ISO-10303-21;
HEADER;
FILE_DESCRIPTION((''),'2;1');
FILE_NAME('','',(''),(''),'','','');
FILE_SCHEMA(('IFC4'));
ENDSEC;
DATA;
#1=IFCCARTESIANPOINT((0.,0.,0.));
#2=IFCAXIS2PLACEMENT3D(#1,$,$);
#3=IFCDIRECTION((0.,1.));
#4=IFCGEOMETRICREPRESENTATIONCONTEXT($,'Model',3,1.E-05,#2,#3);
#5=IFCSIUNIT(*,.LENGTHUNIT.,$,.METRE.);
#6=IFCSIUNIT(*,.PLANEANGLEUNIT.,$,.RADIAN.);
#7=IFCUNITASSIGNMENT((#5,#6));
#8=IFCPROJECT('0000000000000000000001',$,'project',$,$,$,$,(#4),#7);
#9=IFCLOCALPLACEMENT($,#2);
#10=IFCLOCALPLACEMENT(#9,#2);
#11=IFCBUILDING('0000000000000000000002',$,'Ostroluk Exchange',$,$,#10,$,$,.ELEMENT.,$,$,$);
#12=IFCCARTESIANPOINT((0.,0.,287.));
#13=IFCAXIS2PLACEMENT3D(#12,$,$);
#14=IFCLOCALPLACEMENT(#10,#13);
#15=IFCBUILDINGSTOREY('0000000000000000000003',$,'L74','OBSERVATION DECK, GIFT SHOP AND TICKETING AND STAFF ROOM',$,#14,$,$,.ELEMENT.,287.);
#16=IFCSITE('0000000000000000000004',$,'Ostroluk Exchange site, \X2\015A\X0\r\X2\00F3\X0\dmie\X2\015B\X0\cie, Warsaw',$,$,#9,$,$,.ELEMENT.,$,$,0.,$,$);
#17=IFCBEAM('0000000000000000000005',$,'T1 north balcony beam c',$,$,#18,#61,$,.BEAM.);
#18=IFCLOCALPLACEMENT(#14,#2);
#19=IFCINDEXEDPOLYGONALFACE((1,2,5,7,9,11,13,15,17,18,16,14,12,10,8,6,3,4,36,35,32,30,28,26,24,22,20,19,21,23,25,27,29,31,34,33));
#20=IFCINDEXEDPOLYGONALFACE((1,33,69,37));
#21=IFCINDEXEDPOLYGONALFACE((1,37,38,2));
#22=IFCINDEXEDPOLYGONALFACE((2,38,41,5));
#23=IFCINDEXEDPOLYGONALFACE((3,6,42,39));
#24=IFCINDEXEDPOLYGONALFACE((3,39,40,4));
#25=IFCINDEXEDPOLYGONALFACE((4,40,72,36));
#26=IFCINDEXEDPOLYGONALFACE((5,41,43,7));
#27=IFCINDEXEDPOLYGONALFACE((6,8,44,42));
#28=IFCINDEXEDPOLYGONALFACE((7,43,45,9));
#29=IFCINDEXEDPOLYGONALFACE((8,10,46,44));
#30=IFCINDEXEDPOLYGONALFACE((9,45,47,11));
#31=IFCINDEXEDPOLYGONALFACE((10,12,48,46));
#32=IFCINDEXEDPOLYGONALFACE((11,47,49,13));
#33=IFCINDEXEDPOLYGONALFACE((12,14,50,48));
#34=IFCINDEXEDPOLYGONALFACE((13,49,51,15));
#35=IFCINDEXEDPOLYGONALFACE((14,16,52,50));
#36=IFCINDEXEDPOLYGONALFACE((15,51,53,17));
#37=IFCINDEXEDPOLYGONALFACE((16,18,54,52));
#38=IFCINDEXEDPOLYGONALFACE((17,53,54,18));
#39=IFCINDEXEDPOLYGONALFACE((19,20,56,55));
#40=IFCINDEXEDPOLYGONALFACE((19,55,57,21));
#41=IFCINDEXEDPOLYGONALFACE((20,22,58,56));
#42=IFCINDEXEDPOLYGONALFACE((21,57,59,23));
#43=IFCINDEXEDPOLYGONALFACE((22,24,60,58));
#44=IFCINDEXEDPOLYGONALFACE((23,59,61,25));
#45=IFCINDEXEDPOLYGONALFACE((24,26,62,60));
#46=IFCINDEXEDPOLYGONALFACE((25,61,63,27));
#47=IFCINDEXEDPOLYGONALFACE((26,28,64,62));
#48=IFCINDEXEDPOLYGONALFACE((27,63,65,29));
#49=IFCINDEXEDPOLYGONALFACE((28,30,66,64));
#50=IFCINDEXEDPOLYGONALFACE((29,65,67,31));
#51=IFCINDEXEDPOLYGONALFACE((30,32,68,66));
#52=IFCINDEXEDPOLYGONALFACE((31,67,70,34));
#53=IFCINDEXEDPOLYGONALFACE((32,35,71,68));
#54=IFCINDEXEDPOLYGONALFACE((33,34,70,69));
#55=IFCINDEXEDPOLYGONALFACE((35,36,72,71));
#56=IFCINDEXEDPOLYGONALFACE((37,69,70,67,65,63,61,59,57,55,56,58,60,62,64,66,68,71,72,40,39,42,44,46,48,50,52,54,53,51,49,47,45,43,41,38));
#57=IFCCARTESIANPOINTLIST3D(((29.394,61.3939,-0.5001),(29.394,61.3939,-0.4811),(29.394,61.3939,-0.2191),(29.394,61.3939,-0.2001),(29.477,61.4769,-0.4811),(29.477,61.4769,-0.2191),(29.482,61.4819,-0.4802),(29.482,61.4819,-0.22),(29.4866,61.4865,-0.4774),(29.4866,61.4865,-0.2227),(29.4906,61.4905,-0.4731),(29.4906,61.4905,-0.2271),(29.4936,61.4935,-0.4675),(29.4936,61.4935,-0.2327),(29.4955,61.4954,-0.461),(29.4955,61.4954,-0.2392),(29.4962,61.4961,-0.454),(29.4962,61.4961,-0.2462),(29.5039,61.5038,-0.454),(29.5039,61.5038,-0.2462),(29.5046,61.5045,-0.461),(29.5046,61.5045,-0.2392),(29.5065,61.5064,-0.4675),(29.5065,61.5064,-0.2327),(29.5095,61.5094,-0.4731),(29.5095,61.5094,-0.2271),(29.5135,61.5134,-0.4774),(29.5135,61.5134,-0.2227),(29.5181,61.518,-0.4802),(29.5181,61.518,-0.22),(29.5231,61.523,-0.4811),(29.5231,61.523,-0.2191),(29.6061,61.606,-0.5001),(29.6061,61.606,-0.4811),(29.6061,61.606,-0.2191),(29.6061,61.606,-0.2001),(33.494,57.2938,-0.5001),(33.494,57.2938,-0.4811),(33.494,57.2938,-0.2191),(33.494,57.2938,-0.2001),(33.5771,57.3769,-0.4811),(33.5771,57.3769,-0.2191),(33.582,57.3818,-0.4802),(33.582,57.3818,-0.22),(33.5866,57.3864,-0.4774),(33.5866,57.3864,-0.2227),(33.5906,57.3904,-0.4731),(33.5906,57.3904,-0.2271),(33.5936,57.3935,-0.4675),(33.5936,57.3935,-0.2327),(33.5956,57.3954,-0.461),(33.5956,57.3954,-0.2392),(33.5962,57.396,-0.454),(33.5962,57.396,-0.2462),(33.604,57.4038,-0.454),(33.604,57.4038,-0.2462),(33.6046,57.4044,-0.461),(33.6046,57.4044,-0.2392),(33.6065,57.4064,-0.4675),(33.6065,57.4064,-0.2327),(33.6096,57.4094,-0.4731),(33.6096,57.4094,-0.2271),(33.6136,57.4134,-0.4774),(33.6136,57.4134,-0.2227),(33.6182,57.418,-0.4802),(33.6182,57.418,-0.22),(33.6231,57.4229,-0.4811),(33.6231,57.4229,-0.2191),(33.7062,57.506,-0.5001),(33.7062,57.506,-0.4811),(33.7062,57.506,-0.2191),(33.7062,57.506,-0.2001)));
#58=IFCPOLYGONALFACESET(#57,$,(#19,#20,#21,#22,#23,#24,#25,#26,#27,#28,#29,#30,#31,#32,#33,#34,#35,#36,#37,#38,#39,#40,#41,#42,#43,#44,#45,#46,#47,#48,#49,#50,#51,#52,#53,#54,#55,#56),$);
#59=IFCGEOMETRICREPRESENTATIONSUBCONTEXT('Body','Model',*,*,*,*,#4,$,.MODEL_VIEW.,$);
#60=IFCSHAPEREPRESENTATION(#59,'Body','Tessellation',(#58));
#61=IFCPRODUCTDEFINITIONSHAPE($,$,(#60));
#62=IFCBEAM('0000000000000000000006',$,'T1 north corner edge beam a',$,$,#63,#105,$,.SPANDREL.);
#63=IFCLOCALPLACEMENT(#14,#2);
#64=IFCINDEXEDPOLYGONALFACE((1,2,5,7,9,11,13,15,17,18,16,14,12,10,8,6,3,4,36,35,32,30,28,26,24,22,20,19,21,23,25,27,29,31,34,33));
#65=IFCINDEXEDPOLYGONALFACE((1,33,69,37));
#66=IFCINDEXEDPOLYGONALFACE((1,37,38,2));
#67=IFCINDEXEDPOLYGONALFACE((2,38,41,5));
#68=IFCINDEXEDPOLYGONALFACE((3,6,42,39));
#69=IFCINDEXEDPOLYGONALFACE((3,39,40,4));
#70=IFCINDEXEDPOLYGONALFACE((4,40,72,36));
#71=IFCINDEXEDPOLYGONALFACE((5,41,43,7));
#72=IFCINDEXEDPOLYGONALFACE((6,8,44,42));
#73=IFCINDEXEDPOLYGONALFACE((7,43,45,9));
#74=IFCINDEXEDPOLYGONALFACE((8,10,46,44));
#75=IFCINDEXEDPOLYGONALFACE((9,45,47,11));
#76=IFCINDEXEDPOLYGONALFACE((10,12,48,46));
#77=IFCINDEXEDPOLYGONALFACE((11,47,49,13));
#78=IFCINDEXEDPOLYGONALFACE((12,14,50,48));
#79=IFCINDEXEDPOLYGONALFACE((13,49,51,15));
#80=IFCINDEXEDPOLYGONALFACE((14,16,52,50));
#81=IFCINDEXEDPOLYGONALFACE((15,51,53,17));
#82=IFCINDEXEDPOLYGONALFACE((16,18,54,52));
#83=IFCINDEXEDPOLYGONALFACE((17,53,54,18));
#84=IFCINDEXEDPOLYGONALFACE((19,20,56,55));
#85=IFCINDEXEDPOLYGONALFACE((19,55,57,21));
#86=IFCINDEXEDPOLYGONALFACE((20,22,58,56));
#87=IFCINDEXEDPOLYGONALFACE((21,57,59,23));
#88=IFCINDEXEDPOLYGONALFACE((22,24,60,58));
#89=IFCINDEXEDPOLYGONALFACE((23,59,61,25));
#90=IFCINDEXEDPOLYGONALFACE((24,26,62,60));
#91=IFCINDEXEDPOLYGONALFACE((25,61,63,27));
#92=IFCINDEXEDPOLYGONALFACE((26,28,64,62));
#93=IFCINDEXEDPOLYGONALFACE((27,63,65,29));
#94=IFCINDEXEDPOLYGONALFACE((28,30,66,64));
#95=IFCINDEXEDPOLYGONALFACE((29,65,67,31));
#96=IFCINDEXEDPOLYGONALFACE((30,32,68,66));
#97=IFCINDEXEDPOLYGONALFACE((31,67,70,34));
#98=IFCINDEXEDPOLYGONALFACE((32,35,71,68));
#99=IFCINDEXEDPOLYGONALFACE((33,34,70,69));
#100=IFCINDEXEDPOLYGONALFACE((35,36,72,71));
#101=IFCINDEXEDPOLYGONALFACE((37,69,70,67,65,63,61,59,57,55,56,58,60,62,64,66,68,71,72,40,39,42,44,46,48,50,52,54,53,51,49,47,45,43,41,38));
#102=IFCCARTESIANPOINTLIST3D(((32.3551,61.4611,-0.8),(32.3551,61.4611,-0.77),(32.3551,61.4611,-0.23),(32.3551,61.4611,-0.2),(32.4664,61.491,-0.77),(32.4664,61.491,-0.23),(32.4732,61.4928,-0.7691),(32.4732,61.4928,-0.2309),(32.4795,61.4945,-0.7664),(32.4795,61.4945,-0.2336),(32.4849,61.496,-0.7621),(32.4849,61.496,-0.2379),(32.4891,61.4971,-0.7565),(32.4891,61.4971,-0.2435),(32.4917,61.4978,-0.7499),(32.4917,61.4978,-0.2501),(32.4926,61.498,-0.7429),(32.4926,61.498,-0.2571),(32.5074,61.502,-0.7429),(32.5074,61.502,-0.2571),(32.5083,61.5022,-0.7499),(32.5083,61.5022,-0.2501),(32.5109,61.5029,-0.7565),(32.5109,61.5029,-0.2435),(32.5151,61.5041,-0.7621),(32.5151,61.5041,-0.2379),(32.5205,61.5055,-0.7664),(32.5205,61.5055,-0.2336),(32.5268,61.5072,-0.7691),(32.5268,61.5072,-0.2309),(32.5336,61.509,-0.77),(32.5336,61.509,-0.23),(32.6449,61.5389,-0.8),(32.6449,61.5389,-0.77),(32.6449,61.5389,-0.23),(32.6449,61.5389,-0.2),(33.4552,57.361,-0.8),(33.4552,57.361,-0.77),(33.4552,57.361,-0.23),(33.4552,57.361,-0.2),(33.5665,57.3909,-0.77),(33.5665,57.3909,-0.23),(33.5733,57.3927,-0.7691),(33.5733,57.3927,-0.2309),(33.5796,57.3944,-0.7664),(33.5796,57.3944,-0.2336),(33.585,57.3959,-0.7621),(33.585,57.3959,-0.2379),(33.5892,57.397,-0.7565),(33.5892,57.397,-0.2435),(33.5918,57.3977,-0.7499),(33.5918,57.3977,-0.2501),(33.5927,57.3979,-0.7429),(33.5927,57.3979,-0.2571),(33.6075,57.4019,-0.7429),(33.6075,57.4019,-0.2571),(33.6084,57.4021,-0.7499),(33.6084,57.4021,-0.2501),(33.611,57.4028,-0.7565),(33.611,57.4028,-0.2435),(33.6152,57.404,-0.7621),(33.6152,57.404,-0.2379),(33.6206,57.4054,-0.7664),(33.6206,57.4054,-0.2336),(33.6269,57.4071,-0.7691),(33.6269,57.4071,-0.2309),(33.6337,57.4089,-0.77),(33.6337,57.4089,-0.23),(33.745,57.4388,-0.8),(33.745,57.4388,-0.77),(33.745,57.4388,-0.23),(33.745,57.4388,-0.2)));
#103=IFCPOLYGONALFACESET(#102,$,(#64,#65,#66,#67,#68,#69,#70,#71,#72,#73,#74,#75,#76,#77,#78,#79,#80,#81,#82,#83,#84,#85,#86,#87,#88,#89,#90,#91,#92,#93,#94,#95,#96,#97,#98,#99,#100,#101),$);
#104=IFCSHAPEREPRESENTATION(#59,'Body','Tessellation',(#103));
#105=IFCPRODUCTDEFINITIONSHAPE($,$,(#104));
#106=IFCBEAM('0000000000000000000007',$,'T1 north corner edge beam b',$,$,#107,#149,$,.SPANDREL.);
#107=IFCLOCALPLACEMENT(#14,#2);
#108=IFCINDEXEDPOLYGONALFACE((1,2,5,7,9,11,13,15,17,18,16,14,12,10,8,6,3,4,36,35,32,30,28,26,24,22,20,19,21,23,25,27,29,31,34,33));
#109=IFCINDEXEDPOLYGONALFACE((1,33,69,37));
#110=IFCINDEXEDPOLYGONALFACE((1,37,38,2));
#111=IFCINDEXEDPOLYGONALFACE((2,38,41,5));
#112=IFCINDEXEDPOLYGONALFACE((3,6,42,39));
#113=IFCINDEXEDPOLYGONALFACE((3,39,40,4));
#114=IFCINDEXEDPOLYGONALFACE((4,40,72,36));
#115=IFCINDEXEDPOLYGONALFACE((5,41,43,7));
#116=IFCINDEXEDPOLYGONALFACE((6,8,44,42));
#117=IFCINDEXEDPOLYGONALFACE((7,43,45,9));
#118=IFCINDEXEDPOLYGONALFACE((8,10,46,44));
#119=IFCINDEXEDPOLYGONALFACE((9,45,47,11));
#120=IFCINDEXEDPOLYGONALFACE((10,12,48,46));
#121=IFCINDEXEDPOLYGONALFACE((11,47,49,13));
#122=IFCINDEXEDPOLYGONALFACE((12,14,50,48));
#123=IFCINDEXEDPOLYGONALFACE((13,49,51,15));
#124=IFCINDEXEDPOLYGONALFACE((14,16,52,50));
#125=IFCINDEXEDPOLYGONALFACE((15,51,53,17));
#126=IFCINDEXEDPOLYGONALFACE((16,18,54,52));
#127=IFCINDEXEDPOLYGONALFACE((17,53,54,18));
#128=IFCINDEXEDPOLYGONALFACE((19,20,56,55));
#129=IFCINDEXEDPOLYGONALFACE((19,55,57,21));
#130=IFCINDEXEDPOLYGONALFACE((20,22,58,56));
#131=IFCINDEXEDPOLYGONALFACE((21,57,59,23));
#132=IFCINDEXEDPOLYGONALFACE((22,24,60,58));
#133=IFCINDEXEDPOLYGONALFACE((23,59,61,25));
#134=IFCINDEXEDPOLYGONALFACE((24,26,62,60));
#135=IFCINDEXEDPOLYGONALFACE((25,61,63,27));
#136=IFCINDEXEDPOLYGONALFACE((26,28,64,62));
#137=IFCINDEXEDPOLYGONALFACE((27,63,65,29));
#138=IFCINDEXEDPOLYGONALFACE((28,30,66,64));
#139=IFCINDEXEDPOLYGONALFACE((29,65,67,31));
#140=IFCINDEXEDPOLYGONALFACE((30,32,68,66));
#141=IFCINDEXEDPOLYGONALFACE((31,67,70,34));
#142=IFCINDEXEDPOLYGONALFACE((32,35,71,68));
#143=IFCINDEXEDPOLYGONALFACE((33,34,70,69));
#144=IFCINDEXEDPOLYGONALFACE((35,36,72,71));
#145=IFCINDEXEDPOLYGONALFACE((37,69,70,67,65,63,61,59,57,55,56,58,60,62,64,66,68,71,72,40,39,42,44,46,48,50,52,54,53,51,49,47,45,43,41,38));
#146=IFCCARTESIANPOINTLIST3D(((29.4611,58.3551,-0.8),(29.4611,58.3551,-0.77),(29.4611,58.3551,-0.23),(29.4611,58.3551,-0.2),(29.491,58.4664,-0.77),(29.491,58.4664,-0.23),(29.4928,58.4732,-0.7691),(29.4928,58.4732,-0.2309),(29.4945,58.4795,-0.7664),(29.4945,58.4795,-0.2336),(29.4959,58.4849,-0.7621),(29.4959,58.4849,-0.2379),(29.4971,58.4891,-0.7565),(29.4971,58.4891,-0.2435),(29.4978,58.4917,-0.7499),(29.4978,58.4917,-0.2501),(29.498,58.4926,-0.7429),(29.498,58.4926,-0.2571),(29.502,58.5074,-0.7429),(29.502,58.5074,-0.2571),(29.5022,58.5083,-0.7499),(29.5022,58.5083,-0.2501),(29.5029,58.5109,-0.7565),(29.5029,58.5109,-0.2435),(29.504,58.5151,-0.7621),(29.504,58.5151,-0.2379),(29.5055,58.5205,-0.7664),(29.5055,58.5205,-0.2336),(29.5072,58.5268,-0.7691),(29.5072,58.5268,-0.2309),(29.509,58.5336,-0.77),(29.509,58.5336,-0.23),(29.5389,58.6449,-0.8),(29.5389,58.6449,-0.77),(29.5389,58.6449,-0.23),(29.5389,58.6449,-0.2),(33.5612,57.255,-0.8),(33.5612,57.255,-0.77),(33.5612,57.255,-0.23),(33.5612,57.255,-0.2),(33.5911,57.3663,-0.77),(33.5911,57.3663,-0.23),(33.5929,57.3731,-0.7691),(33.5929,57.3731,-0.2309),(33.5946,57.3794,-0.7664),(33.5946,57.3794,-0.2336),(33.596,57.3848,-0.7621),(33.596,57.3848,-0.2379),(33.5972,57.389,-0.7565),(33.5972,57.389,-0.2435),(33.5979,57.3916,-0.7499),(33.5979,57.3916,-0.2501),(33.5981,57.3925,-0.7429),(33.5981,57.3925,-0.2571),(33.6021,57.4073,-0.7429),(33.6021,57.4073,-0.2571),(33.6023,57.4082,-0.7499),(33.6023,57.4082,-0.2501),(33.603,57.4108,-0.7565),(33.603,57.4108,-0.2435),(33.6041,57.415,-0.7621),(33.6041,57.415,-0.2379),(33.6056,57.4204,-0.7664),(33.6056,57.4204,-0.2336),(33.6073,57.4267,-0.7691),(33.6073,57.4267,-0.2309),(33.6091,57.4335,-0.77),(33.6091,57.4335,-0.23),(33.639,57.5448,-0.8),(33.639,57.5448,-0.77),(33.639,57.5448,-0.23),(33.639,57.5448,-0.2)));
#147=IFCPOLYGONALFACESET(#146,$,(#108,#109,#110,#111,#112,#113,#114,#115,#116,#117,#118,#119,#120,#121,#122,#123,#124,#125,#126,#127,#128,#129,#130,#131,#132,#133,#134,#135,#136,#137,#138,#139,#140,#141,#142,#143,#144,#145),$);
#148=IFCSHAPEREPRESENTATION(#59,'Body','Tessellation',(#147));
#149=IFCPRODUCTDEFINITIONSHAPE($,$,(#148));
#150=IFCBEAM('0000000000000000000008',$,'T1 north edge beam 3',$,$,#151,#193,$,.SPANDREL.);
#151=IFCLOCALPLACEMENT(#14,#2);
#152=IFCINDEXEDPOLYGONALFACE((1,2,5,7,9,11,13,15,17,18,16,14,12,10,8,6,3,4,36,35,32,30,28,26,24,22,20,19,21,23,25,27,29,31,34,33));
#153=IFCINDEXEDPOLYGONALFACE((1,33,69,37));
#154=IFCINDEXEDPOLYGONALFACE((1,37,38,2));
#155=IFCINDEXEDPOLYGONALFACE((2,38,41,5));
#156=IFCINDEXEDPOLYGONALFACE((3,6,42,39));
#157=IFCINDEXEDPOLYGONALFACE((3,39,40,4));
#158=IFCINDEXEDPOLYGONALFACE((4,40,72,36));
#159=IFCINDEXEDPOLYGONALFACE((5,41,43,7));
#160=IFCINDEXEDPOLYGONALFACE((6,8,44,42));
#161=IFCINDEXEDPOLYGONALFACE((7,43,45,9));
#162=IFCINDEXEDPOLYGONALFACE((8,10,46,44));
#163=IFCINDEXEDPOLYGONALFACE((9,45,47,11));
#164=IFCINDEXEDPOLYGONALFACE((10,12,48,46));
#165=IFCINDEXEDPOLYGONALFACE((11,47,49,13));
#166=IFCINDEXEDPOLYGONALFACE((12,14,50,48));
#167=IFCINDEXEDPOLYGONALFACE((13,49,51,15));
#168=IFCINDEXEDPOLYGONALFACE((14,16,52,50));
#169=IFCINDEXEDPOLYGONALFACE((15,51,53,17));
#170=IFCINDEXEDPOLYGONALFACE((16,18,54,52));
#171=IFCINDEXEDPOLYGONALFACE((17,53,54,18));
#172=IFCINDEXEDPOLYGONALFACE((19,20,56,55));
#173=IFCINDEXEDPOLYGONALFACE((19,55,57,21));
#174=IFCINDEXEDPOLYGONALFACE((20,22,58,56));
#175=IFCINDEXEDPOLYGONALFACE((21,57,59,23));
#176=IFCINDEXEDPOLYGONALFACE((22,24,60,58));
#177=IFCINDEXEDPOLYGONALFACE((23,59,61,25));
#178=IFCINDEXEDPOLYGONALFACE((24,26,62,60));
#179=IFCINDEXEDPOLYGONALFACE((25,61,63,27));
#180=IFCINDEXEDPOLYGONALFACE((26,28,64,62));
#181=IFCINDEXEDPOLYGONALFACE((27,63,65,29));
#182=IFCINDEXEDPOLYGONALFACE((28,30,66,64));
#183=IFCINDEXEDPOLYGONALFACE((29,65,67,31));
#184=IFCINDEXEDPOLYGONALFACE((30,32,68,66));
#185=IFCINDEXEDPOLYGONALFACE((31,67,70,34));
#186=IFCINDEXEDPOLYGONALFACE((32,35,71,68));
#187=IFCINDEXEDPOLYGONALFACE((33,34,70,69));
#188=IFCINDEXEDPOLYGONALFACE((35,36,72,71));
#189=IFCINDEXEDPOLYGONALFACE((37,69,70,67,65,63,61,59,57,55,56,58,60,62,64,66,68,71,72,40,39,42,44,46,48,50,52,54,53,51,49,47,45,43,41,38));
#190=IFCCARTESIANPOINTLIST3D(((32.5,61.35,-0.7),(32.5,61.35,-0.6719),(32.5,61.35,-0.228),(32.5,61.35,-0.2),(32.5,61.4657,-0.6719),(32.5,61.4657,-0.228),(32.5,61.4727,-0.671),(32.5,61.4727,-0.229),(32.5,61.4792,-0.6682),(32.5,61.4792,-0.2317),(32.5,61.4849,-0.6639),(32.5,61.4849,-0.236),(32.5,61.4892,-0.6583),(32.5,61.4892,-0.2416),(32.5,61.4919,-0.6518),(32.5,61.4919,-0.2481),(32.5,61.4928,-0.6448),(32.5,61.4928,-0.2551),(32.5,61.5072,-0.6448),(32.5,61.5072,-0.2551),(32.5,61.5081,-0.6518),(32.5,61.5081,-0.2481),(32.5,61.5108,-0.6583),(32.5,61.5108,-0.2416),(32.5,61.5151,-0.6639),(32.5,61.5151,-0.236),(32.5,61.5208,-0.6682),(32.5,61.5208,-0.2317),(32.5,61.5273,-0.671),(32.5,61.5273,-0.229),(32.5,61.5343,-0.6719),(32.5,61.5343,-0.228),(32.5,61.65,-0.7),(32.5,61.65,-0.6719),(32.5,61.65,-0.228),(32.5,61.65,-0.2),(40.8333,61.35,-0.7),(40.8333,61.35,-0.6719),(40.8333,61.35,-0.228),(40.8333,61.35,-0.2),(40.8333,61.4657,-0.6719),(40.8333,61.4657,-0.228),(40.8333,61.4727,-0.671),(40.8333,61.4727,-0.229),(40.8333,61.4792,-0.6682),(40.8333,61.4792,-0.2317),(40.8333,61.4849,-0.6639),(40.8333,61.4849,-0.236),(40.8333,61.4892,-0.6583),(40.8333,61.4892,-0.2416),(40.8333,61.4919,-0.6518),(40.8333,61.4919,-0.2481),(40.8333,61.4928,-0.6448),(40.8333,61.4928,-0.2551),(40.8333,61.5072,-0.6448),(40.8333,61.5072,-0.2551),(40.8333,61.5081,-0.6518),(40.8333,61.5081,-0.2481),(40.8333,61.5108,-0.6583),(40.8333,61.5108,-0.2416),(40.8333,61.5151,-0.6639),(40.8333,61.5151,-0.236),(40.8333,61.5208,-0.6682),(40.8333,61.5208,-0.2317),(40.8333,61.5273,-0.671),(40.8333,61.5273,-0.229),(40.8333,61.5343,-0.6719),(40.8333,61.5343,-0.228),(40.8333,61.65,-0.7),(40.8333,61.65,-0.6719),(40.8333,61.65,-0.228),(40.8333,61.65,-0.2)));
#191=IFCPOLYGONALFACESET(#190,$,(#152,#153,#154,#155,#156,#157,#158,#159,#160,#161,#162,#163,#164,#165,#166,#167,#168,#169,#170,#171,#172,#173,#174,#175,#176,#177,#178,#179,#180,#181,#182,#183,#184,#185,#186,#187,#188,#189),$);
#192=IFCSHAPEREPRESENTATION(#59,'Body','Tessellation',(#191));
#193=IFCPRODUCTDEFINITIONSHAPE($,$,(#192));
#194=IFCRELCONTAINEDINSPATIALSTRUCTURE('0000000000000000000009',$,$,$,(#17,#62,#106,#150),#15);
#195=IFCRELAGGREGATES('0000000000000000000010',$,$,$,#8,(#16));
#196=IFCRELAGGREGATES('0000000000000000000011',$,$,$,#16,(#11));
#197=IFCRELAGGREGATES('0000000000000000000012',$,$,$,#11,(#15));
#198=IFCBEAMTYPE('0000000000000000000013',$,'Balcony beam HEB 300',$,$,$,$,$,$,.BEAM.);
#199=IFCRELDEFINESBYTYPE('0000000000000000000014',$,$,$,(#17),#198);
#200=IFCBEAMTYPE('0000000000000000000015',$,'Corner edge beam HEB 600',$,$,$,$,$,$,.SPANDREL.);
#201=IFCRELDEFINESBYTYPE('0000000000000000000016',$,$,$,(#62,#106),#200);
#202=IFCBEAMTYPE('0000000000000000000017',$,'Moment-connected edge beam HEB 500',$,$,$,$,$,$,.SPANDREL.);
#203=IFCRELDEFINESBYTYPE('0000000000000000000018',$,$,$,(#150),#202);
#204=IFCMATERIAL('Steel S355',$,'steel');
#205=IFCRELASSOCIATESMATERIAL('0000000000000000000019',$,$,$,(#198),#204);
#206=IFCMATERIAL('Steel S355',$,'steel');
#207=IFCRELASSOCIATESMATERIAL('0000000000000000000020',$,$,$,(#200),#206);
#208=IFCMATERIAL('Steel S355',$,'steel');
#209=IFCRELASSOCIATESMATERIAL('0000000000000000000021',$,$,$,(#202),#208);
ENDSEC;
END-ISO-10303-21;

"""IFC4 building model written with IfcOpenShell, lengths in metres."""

from ifc_helpers import new_model, si_unit, direction, frame, origin, origin_2d, place, context, subcontext, project, spatial, i_section, extrude, material, material_profile, profile_set, type_object, element, save


model = new_model("IFC4")

# Units and contexts
model_context = context("Model", 3, precision=1e-05, world=origin(), true_north=direction((0.0, 1.0)))
body_context = subcontext(model_context, "Body", "Model", "MODEL_VIEW")
ifc_project = project(units=[si_unit("LENGTHUNIT", "METRE"), si_unit("PLANEANGLEUNIT", "RADIAN")], contexts=[model_context])

# Site, building, storey
site_placement = place(None, origin())
site = spatial("IfcSite", under=ifc_project, at=site_placement, Name="Ostroluk Exchange site, Śródmieście, Warsaw", CompositionType="ELEMENT", RefElevation=0.0)
building_placement = place(site_placement, origin())
building = spatial("IfcBuilding", under=site, at=building_placement, Name="Ostroluk Exchange", CompositionType="ELEMENT")
storey_placement = place(building_placement, frame((0.0, 0.0, 287.0)))
storey = spatial("IfcBuildingStorey", under=building, at=storey_placement, Name="L74", Description="OBSERVATION DECK, GIFT SHOP AND TICKETING AND STAFF ROOM", CompositionType="ELEMENT", Elevation=287.0)

# Beams
ifc_material_1 = material(Name="Steel S355", Category="steel")
ifc_material_profile_1 = material_profile(ifc_material_1, i_section(OverallWidth=0.3, OverallDepth=0.3, WebThickness=0.011, FlangeThickness=0.019, FilletRadius=0.0271, at=origin_2d()), Name="HEB 300")
ifc_profile_set_1 = profile_set([ifc_material_profile_1], Name="Steel S355")
beam_type_1 = type_object("IfcBeamType", Name="Balcony beam HEB 300", PredefinedType="BEAM", material=ifc_profile_set_1)
beam_placement = place(storey_placement, frame((33.6001, 57.3999, -0.3501), z_axis=(-0.707107, 0.707107, 0.0), x_axis=(-0.707107, -0.707107, 0.0)))
element("IfcBeam", 1, at=beam_placement, inside=storey, type_object=beam_type_1, Name="T1 north balcony beam c", PredefinedType="BEAM", context=body_context, shape_type="SweptSolid", body=[
    extrude(i_section(OverallWidth=0.3, OverallDepth=0.3, WebThickness=0.011, FlangeThickness=0.019, FilletRadius=0.0271, at=origin_2d()), origin(), (0.0, 0.0, 1.0), 5.7983),
])
ifc_material_2 = material(Name="Steel S355", Category="steel")
ifc_material_profile_2 = material_profile(ifc_material_2, i_section(OverallWidth=0.3, OverallDepth=0.6001, WebThickness=0.0154, FlangeThickness=0.03, FilletRadius=0.0271, at=origin_2d()), Name="HEB 600")
ifc_profile_set_2 = profile_set([ifc_material_profile_2], Name="Steel S355")
beam_type_2 = type_object("IfcBeamType", Name="Corner edge beam HEB 600", PredefinedType="SPANDREL", material=ifc_profile_set_2)
for number, where, z_axis, x_axis, name in (
    (2, (33.6001, 57.3999, -0.5), (-0.259144, 0.965839, 0.0), (-0.965839, -0.259144, 0.0), "T1 north corner edge beam a"),
    (3, (33.6001, 57.3999, -0.5), (-0.965839, 0.259144, 0.0), (-0.259144, -0.965839, 0.0), "T1 north corner edge beam b"),
):
    element("IfcBeam", number, at=place(storey_placement, frame(where, z_axis=z_axis, x_axis=x_axis)), inside=storey, type_object=beam_type_2, Name=name, PredefinedType="SPANDREL", context=body_context, shape_type="SweptSolid", body=[
        extrude(i_section(OverallWidth=0.3, OverallDepth=0.6001, WebThickness=0.0154, FlangeThickness=0.03, FilletRadius=0.0271, at=origin_2d()), origin(), (0.0, 0.0, 1.0), 4.2451),
    ])
ifc_material_3 = material(Name="Steel S355", Category="steel")
ifc_material_profile_3 = material_profile(ifc_material_3, i_section(OverallWidth=0.3, OverallDepth=0.5, WebThickness=0.0144, FlangeThickness=0.0281, FilletRadius=0.0271, at=origin_2d()), Name="HEB 500")
ifc_profile_set_3 = profile_set([ifc_material_profile_3], Name="Steel S355")
beam_type_3 = type_object("IfcBeamType", Name="Moment-connected edge beam HEB 500", PredefinedType="SPANDREL", material=ifc_profile_set_3)
for number, where, z_axis, x_axis, name in (
    (4, (40.8333, 61.5, -0.45), (-1.0, 0.0, 0.0), (0.0, -1.0, 0.0), "T1 north edge beam 3"),
):
    element("IfcBeam", number, at=place(storey_placement, frame(where, z_axis=z_axis, x_axis=x_axis)), inside=storey, type_object=beam_type_3, Name=name, PredefinedType="SPANDREL", context=body_context, shape_type="SweptSolid", body=[
        extrude(i_section(OverallWidth=0.3, OverallDepth=0.5, WebThickness=0.0144, FlangeThickness=0.0281, FilletRadius=0.0271, at=origin_2d()), origin(), (0.0, 0.0, 1.0), 8.3333),
    ])

save(model, "model.ifc")
